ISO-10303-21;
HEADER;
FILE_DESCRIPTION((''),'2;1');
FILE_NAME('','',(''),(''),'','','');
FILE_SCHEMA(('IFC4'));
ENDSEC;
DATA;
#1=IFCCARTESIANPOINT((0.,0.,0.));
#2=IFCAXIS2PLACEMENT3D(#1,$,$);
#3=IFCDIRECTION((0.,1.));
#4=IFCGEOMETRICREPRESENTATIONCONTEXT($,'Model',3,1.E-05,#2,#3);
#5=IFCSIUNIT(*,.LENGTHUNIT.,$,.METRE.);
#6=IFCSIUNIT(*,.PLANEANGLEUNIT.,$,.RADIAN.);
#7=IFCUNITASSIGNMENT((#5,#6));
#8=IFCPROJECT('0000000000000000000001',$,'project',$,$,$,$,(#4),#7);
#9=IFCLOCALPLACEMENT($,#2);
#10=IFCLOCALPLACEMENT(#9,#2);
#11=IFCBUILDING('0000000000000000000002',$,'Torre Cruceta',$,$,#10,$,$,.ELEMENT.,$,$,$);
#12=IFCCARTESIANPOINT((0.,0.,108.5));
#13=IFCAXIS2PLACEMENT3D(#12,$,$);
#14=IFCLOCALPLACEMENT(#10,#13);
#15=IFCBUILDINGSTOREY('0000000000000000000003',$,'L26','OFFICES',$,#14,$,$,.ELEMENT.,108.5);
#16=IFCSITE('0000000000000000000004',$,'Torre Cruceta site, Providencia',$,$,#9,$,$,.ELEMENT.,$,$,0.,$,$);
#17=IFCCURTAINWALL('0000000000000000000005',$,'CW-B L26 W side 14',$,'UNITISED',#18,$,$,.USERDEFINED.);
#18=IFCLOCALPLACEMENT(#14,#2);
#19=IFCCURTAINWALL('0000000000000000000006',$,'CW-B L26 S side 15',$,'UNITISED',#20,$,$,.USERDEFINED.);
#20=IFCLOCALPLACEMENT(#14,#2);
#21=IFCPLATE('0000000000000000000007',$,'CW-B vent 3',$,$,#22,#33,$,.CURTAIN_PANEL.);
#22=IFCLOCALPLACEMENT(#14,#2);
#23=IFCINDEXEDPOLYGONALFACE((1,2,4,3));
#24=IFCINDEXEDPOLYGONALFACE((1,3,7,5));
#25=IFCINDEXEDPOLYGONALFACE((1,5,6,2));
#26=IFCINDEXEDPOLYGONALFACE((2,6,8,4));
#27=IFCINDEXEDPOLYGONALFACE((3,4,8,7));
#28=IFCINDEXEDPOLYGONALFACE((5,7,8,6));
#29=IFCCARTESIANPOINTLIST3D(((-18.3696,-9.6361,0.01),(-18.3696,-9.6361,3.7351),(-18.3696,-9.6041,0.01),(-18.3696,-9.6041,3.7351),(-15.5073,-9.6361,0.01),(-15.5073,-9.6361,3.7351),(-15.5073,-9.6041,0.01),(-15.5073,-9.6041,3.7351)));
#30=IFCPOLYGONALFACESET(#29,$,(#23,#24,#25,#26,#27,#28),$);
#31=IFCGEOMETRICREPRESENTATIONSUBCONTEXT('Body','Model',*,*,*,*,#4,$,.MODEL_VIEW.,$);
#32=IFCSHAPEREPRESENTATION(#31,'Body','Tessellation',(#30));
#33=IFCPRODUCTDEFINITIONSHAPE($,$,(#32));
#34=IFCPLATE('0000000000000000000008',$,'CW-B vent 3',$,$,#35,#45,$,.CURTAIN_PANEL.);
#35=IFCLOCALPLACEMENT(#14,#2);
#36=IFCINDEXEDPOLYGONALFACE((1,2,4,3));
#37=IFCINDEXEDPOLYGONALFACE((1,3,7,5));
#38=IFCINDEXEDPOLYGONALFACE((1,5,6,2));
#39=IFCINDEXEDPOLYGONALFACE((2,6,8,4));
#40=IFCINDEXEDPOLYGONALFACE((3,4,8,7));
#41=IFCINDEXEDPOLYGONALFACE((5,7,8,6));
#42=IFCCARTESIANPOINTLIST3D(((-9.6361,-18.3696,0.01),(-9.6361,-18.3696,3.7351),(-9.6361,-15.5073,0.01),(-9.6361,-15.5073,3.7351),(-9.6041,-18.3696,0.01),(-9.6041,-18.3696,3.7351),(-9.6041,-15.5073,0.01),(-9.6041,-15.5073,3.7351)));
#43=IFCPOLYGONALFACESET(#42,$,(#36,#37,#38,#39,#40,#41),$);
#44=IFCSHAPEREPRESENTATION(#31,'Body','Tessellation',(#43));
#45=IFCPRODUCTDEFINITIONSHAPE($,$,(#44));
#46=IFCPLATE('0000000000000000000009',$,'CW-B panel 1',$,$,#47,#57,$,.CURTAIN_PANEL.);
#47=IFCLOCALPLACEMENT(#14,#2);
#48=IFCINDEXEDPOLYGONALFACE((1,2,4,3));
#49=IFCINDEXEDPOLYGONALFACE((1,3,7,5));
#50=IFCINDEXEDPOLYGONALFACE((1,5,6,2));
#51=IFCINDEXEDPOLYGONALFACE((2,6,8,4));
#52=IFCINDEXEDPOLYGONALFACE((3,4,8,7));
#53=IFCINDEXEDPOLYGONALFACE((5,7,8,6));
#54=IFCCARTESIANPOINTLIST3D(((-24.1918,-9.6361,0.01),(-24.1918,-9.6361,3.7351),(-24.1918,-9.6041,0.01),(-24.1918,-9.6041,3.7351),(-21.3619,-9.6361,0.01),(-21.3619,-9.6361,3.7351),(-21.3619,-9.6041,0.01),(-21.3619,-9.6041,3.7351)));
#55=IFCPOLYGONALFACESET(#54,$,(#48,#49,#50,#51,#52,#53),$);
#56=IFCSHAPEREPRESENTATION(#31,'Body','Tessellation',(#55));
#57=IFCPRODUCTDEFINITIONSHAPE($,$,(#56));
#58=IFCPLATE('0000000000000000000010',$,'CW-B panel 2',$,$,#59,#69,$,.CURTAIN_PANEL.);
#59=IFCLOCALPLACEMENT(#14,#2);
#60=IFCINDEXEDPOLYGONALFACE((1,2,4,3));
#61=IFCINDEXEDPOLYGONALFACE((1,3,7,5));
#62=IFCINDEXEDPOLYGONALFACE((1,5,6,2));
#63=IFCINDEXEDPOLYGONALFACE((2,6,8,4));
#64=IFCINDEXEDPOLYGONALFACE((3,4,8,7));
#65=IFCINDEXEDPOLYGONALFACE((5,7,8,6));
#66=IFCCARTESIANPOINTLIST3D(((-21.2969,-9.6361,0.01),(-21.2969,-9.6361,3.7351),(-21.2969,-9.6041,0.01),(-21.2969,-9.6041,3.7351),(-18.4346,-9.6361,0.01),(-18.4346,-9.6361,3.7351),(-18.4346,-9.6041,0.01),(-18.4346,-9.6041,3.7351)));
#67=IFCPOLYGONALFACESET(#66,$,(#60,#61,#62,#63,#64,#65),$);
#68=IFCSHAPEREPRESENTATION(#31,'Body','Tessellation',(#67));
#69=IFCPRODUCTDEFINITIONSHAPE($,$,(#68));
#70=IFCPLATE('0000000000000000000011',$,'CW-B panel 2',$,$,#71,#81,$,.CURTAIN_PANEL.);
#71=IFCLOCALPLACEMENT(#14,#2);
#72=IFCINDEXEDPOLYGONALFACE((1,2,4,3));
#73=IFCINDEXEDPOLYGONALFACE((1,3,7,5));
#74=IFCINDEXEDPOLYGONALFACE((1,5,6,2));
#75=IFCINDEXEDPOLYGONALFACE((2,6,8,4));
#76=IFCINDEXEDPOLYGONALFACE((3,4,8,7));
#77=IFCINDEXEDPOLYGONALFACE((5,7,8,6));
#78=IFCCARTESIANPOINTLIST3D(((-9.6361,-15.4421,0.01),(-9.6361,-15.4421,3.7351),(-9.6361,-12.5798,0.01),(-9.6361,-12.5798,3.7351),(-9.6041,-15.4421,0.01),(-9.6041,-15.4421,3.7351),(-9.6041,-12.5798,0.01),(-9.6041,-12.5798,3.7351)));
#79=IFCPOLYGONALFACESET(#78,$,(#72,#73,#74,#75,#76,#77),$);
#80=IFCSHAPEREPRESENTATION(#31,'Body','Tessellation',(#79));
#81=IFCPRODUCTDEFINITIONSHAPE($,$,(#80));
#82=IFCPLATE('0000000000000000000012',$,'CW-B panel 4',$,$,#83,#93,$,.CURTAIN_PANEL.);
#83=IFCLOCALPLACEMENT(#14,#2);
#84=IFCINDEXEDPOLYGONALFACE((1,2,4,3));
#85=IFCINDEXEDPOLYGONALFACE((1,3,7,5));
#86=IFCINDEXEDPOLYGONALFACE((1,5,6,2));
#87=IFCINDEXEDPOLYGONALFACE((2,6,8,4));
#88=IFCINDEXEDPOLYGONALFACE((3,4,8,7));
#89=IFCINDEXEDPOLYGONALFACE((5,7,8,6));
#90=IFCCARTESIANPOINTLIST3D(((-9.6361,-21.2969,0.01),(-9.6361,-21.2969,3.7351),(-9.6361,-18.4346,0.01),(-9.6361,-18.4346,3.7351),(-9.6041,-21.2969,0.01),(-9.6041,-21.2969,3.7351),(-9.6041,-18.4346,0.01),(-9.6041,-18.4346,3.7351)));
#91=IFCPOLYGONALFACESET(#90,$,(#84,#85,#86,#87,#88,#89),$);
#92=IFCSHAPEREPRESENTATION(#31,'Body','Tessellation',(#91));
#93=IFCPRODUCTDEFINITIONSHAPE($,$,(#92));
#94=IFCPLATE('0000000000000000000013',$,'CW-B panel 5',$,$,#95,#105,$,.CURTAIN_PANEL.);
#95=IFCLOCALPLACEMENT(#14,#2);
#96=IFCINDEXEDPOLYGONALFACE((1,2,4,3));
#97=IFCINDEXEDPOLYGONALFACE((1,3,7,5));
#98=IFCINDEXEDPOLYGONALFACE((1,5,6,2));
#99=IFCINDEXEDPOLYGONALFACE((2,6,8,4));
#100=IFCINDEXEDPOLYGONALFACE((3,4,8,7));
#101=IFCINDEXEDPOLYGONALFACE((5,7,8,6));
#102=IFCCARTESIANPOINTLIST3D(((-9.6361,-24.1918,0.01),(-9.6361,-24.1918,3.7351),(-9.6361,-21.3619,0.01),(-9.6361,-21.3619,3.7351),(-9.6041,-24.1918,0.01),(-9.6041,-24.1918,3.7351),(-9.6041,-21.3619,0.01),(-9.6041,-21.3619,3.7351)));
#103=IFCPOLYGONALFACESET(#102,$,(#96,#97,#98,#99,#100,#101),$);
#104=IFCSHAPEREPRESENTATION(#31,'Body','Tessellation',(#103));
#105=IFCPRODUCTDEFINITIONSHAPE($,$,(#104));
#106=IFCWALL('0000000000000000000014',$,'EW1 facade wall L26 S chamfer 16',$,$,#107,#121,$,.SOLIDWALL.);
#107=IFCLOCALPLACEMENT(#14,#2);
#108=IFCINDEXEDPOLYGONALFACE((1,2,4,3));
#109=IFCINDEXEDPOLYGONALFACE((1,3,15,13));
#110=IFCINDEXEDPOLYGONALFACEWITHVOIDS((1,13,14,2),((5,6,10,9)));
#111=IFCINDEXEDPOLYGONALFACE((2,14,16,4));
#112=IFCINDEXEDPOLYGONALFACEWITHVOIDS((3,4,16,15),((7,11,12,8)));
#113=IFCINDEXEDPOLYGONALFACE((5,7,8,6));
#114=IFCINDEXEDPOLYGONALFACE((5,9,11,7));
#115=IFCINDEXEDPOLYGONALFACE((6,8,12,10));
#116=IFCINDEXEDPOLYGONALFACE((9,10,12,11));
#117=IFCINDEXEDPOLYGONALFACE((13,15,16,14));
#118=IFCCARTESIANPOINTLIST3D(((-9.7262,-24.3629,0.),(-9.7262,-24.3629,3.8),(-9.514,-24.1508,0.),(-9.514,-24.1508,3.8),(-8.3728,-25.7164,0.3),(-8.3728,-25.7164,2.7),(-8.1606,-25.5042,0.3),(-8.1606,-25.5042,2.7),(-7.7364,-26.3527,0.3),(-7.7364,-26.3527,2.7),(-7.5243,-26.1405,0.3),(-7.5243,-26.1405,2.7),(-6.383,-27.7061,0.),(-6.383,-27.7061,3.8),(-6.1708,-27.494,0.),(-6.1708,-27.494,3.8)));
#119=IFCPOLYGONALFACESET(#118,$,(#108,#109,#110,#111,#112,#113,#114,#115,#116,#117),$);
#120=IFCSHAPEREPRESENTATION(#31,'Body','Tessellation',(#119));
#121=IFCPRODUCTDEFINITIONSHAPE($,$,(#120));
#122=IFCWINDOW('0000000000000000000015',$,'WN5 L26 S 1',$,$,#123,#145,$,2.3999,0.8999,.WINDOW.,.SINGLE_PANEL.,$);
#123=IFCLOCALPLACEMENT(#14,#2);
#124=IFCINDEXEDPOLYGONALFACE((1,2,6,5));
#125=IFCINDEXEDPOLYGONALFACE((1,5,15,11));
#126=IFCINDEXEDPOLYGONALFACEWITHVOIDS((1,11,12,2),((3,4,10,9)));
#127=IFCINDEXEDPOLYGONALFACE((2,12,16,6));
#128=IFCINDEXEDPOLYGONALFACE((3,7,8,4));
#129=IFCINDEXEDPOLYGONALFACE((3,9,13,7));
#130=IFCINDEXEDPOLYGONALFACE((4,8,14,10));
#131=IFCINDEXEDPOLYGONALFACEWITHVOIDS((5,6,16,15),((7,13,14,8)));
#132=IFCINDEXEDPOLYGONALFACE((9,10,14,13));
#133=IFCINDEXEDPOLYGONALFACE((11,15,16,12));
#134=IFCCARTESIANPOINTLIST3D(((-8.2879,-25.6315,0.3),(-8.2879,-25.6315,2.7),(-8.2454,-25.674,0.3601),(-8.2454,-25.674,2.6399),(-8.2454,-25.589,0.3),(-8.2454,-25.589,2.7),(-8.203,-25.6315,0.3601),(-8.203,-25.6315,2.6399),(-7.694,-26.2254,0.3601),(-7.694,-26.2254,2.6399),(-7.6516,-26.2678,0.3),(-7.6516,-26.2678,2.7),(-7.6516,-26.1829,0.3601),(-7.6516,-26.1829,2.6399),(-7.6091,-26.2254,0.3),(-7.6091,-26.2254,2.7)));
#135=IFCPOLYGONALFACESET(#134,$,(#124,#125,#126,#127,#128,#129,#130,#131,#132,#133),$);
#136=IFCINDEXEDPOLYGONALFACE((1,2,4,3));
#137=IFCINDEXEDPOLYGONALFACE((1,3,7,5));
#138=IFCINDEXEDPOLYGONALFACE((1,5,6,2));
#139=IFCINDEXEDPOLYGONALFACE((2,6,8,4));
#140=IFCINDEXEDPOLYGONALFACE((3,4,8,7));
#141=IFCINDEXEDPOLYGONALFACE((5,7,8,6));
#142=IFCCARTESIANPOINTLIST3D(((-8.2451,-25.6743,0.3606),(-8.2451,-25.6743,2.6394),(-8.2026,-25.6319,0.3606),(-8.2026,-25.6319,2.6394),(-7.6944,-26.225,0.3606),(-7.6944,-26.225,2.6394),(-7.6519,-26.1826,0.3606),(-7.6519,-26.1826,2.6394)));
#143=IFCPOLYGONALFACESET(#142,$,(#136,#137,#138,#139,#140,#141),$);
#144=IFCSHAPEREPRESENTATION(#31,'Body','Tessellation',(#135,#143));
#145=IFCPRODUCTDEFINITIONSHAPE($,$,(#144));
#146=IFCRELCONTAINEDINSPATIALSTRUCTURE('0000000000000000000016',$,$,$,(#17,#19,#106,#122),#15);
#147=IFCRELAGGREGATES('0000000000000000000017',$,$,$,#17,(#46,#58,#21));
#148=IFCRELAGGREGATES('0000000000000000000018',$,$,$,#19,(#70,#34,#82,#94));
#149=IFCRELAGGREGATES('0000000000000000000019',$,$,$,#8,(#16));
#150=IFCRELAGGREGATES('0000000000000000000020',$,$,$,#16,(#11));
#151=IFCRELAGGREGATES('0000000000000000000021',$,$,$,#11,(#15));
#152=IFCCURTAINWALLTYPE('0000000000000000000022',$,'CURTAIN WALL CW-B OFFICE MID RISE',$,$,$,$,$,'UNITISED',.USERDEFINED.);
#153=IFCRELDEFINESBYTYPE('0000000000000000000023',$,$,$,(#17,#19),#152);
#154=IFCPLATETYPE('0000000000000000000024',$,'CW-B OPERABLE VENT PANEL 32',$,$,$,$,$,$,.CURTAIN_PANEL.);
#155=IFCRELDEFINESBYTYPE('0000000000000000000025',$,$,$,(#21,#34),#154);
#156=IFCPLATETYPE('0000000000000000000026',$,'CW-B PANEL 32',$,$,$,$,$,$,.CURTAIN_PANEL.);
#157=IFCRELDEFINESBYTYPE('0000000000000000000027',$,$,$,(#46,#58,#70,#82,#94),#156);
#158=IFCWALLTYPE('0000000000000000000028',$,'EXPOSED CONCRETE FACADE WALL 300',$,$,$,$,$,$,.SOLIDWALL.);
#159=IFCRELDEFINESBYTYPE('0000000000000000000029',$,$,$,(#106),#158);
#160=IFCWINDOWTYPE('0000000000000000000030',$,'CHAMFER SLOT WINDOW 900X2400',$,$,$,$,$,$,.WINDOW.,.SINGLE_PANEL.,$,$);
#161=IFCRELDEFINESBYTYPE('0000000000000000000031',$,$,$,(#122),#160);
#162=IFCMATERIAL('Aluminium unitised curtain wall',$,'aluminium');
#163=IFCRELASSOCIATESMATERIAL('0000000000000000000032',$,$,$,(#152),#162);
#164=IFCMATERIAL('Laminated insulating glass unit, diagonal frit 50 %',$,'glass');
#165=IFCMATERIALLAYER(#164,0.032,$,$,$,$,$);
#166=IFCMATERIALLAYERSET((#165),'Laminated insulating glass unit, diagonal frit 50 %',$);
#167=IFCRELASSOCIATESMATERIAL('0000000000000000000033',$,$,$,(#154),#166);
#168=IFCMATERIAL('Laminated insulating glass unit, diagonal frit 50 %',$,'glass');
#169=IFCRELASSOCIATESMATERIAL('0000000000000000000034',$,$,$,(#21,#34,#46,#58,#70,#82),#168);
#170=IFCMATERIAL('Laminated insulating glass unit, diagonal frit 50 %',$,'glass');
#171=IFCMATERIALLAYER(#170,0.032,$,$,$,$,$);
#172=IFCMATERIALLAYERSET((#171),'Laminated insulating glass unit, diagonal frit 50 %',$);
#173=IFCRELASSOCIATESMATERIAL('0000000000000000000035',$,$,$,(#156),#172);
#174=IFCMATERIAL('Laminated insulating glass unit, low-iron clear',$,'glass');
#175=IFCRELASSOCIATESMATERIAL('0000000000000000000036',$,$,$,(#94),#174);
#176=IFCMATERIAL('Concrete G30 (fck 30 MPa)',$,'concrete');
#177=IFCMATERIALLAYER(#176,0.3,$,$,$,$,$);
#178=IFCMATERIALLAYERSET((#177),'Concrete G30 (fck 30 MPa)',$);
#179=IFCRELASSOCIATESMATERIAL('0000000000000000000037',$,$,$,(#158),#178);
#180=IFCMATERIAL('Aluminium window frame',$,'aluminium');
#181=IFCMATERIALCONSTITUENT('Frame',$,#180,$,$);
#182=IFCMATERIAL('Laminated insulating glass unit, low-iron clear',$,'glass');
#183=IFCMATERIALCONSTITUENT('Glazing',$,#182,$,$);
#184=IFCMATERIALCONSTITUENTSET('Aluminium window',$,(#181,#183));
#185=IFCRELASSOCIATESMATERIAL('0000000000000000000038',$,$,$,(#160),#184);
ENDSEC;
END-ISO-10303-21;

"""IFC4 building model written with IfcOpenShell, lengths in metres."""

from ifc_helpers import new_model, si_unit, direction, frame, frame_2d, origin, origin_2d, place, context, subcontext, project, spatial, rectangle, hollow_rectangle, extrude, material, layer, layer_set, constituent, constituent_set, type_object, element, fill, aggregate, save


model = new_model("IFC4")

# Units and contexts
model_context = context("Model", 3, precision=1e-05, world=origin(), true_north=direction((0.0, 1.0)))
body_context = subcontext(model_context, "Body", "Model", "MODEL_VIEW")
ifc_project = project(units=[si_unit("LENGTHUNIT", "METRE"), si_unit("PLANEANGLEUNIT", "RADIAN")], contexts=[model_context])

# Site, building, storey
site_placement = place(None, origin())
site = spatial("IfcSite", under=ifc_project, at=site_placement, Name="Torre Cruceta site, Providencia", CompositionType="ELEMENT", RefElevation=0.0)
building_placement = place(site_placement, origin())
building = spatial("IfcBuilding", under=site, at=building_placement, Name="Torre Cruceta", CompositionType="ELEMENT")
storey_placement = place(building_placement, frame((0.0, 0.0, 108.5)))
storey = spatial("IfcBuildingStorey", under=building, at=storey_placement, Name="L26", Description="OFFICES", CompositionType="ELEMENT", Elevation=108.5)

# Curtain walls
ifc_material_1 = material(Name="Aluminium unitised curtain wall", Category="aluminium")
curtain_wall_type = type_object("IfcCurtainWallType", Name="CURTAIN WALL CW-B OFFICE MID RISE", ElementType="UNITISED", PredefinedType="USERDEFINED", material=ifc_material_1)
curtain_wall_1_placement = place(storey_placement, origin())
curtain_wall_1 = element("IfcCurtainWall", 1, at=curtain_wall_1_placement, inside=storey, type_object=curtain_wall_type, Name="CW-B L26 W side 14", ObjectType="UNITISED", PredefinedType="USERDEFINED")
curtain_wall_2_placement = place(storey_placement, origin())
curtain_wall_2 = element("IfcCurtainWall", 2, at=curtain_wall_2_placement, inside=storey, type_object=curtain_wall_type, Name="CW-B L26 S side 15", ObjectType="UNITISED", PredefinedType="USERDEFINED")

# Plates
ifc_material_2 = material(Name="Laminated insulating glass unit, diagonal frit 50 %", Category="glass")
ifc_material_3 = material(Name="Laminated insulating glass unit, diagonal frit 50 %", Category="glass")
ifc_layer_1 = layer(ifc_material_3, 0.032)
ifc_layer_set_1 = layer_set([ifc_layer_1], Name="Laminated insulating glass unit, diagonal frit 50 %")
plate_type_1 = type_object("IfcPlateType", Name="CW-B OPERABLE VENT PANEL 32", PredefinedType="CURTAIN_PANEL", material=ifc_layer_set_1)
plate_1_placement = place(storey_placement, frame((-16.9385, -9.6201, 0.01), z_axis=(0.0, 0.0, 1.0), x_axis=(1.0, 0.0, 0.0)))
plate_1 = element("IfcPlate", 3, at=plate_1_placement, type_object=plate_type_1, material=ifc_material_2, Name="CW-B vent 3", PredefinedType="CURTAIN_PANEL", context=body_context, shape_type="SweptSolid", body=[
    extrude(rectangle(XDim=2.8623, YDim=0.032, at=origin_2d()), origin(), (0.0, 0.0, 1.0), 3.7251),
])
plate_2_placement = place(storey_placement, frame((-9.6201, -16.9385, 0.01), z_axis=(0.0, 0.0, 1.0), x_axis=(0.0, -1.0, 0.0)))
plate_2 = element("IfcPlate", 4, at=plate_2_placement, type_object=plate_type_1, material=ifc_material_2, Name="CW-B vent 3", PredefinedType="CURTAIN_PANEL", context=body_context, shape_type="SweptSolid", body=[
    extrude(rectangle(XDim=2.8623, YDim=0.032, at=origin_2d()), origin(), (0.0, 0.0, 1.0), 3.7251),
])
ifc_material_4 = material(Name="Laminated insulating glass unit, diagonal frit 50 %", Category="glass")
ifc_layer_2 = layer(ifc_material_4, 0.032)
ifc_layer_set_2 = layer_set([ifc_layer_2], Name="Laminated insulating glass unit, diagonal frit 50 %")
plate_type_2 = type_object("IfcPlateType", Name="CW-B PANEL 32", PredefinedType="CURTAIN_PANEL", material=ifc_layer_set_2)
plate_3_placement = place(storey_placement, frame((-22.7769, -9.6201, 0.01), z_axis=(0.0, 0.0, 1.0), x_axis=(1.0, 0.0, 0.0)))
plate_3 = element("IfcPlate", 5, at=plate_3_placement, type_object=plate_type_2, material=ifc_material_2, Name="CW-B panel 1", PredefinedType="CURTAIN_PANEL", context=body_context, shape_type="SweptSolid", body=[
    extrude(rectangle(XDim=2.8298, YDim=0.032, at=origin_2d()), origin(), (0.0, 0.0, 1.0), 3.7251),
])
plate_4_placement = place(storey_placement, frame((-19.8657, -9.6201, 0.01), z_axis=(0.0, 0.0, 1.0), x_axis=(1.0, 0.0, 0.0)))
plate_4 = element("IfcPlate", 6, at=plate_4_placement, type_object=plate_type_2, material=ifc_material_2, Name="CW-B panel 2", PredefinedType="CURTAIN_PANEL", context=body_context, shape_type="SweptSolid", body=[
    extrude(rectangle(XDim=2.8623, YDim=0.032, at=origin_2d()), origin(), (0.0, 0.0, 1.0), 3.7251),
])
aggregate(curtain_wall_1, [plate_3, plate_4, plate_1])
plate_5_placement = place(storey_placement, frame((-9.6201, -14.011, 0.01), z_axis=(0.0, 0.0, 1.0), x_axis=(0.0, -1.0, 0.0)))
plate_5 = element("IfcPlate", 7, at=plate_5_placement, type_object=plate_type_2, material=ifc_material_2, Name="CW-B panel 2", PredefinedType="CURTAIN_PANEL", context=body_context, shape_type="SweptSolid", body=[
    extrude(rectangle(XDim=2.8623, YDim=0.032, at=origin_2d()), origin(), (0.0, 0.0, 1.0), 3.7251),
])
plate_6_placement = place(storey_placement, frame((-9.6201, -19.8657, 0.01), z_axis=(0.0, 0.0, 1.0), x_axis=(0.0, -1.0, 0.0)))
plate_6 = element("IfcPlate", 8, at=plate_6_placement, type_object=plate_type_2, material=ifc_material_2, Name="CW-B panel 4", PredefinedType="CURTAIN_PANEL", context=body_context, shape_type="SweptSolid", body=[
    extrude(rectangle(XDim=2.8623, YDim=0.032, at=origin_2d()), origin(), (0.0, 0.0, 1.0), 3.7251),
])
ifc_material_5 = material(Name="Laminated insulating glass unit, low-iron clear", Category="glass")
plate_7_placement = place(storey_placement, frame((-9.6201, -22.7769, 0.01), z_axis=(0.0, 0.0, 1.0), x_axis=(0.0, -1.0, 0.0)))
plate_7 = element("IfcPlate", 9, at=plate_7_placement, type_object=plate_type_2, material=ifc_material_5, Name="CW-B panel 5", PredefinedType="CURTAIN_PANEL", context=body_context, shape_type="SweptSolid", body=[
    extrude(rectangle(XDim=2.8298, YDim=0.032, at=origin_2d()), origin(), (0.0, 0.0, 1.0), 3.7251),
])
aggregate(curtain_wall_2, [plate_5, plate_2, plate_6, plate_7])

# Wall, opening, window
ifc_material_6 = material(Name="Concrete G30 (fck 30 MPa)", Category="concrete")
ifc_layer_3 = layer(ifc_material_6, 0.3)
ifc_layer_set_3 = layer_set([ifc_layer_3], Name="Concrete G30 (fck 30 MPa)")
wall_type = type_object("IfcWallType", Name="EXPOSED CONCRETE FACADE WALL 300", PredefinedType="SOLIDWALL", material=ifc_layer_set_3)
wall_placement = place(storey_placement, frame((-9.6201, -24.2568, 0.0), z_axis=(0.0, 0.0, 1.0), x_axis=(0.707107, -0.707107, 0.0)))
wall = element("IfcWall", 10, at=wall_placement, inside=storey, type_object=wall_type, Name="EW1 facade wall L26 S chamfer 16", PredefinedType="SOLIDWALL", context=body_context, shape_type="SweptSolid", body=[
    extrude(rectangle(XDim=4.728, YDim=0.3, at=frame_2d((2.364, 0.0))), origin(), (0.0, 0.0, 1.0), 3.8),
])
opening_placement = place(wall_placement, frame((1.9141, 0.0, 0.3)))
opening = element("IfcOpeningElement", 11, at=opening_placement, cuts=wall, PredefinedType="OPENING", context=body_context, shape_type="SweptSolid", body=[
    extrude(rectangle(XDim=0.8999, YDim=2.3999, at=frame_2d((0.45, 1.2))), frame((0.0, 0.1599, 0.0), z_axis=(0.0, -1.0, 0.0), x_axis=(1.0, 0.0, 0.0)), (0.0, 0.0, 1.0), 0.3201),
])
ifc_material_7 = material(Name="Aluminium window frame", Category="aluminium")
ifc_constituent_1 = constituent(ifc_material_7, Name="Frame")
ifc_material_8 = material(Name="Laminated insulating glass unit, low-iron clear", Category="glass")
ifc_constituent_2 = constituent(ifc_material_8, Name="Glazing")
ifc_constituent_set = constituent_set(constituents=[ifc_constituent_1, ifc_constituent_2], Name="Aluminium window")
window_type = type_object("IfcWindowType", Name="CHAMFER SLOT WINDOW 900X2400", PartitioningType="SINGLE_PANEL", PredefinedType="WINDOW", material=ifc_constituent_set)
window_placement = place(opening_placement, origin())
window = element("IfcWindow", 12, at=window_placement, inside=storey, type_object=window_type, Name="WN5 L26 S 1", OverallHeight=2.3999, OverallWidth=0.8999, PartitioningType="SINGLE_PANEL", PredefinedType="WINDOW", context=body_context, shape_type="SweptSolid", body=[
    extrude(hollow_rectangle(XDim=0.8999, YDim=2.3999, WallThickness=0.0601, at=frame_2d((0.45, 1.2))), frame((0.0, 0.03, 0.0), z_axis=(0.0, -1.0, 0.0), x_axis=(1.0, 0.0, 0.0)), (0.0, 0.0, 1.0), 0.0601),
    extrude(rectangle(XDim=0.7788, YDim=2.2788, at=frame_2d((0.45, 1.2))), frame((0.0, 0.03, 0.0), z_axis=(0.0, -1.0, 0.0), x_axis=(1.0, 0.0, 0.0)), (0.0, 0.0, 1.0), 0.0601),
])
fill(opening, window)

save(model, "model.ifc")
